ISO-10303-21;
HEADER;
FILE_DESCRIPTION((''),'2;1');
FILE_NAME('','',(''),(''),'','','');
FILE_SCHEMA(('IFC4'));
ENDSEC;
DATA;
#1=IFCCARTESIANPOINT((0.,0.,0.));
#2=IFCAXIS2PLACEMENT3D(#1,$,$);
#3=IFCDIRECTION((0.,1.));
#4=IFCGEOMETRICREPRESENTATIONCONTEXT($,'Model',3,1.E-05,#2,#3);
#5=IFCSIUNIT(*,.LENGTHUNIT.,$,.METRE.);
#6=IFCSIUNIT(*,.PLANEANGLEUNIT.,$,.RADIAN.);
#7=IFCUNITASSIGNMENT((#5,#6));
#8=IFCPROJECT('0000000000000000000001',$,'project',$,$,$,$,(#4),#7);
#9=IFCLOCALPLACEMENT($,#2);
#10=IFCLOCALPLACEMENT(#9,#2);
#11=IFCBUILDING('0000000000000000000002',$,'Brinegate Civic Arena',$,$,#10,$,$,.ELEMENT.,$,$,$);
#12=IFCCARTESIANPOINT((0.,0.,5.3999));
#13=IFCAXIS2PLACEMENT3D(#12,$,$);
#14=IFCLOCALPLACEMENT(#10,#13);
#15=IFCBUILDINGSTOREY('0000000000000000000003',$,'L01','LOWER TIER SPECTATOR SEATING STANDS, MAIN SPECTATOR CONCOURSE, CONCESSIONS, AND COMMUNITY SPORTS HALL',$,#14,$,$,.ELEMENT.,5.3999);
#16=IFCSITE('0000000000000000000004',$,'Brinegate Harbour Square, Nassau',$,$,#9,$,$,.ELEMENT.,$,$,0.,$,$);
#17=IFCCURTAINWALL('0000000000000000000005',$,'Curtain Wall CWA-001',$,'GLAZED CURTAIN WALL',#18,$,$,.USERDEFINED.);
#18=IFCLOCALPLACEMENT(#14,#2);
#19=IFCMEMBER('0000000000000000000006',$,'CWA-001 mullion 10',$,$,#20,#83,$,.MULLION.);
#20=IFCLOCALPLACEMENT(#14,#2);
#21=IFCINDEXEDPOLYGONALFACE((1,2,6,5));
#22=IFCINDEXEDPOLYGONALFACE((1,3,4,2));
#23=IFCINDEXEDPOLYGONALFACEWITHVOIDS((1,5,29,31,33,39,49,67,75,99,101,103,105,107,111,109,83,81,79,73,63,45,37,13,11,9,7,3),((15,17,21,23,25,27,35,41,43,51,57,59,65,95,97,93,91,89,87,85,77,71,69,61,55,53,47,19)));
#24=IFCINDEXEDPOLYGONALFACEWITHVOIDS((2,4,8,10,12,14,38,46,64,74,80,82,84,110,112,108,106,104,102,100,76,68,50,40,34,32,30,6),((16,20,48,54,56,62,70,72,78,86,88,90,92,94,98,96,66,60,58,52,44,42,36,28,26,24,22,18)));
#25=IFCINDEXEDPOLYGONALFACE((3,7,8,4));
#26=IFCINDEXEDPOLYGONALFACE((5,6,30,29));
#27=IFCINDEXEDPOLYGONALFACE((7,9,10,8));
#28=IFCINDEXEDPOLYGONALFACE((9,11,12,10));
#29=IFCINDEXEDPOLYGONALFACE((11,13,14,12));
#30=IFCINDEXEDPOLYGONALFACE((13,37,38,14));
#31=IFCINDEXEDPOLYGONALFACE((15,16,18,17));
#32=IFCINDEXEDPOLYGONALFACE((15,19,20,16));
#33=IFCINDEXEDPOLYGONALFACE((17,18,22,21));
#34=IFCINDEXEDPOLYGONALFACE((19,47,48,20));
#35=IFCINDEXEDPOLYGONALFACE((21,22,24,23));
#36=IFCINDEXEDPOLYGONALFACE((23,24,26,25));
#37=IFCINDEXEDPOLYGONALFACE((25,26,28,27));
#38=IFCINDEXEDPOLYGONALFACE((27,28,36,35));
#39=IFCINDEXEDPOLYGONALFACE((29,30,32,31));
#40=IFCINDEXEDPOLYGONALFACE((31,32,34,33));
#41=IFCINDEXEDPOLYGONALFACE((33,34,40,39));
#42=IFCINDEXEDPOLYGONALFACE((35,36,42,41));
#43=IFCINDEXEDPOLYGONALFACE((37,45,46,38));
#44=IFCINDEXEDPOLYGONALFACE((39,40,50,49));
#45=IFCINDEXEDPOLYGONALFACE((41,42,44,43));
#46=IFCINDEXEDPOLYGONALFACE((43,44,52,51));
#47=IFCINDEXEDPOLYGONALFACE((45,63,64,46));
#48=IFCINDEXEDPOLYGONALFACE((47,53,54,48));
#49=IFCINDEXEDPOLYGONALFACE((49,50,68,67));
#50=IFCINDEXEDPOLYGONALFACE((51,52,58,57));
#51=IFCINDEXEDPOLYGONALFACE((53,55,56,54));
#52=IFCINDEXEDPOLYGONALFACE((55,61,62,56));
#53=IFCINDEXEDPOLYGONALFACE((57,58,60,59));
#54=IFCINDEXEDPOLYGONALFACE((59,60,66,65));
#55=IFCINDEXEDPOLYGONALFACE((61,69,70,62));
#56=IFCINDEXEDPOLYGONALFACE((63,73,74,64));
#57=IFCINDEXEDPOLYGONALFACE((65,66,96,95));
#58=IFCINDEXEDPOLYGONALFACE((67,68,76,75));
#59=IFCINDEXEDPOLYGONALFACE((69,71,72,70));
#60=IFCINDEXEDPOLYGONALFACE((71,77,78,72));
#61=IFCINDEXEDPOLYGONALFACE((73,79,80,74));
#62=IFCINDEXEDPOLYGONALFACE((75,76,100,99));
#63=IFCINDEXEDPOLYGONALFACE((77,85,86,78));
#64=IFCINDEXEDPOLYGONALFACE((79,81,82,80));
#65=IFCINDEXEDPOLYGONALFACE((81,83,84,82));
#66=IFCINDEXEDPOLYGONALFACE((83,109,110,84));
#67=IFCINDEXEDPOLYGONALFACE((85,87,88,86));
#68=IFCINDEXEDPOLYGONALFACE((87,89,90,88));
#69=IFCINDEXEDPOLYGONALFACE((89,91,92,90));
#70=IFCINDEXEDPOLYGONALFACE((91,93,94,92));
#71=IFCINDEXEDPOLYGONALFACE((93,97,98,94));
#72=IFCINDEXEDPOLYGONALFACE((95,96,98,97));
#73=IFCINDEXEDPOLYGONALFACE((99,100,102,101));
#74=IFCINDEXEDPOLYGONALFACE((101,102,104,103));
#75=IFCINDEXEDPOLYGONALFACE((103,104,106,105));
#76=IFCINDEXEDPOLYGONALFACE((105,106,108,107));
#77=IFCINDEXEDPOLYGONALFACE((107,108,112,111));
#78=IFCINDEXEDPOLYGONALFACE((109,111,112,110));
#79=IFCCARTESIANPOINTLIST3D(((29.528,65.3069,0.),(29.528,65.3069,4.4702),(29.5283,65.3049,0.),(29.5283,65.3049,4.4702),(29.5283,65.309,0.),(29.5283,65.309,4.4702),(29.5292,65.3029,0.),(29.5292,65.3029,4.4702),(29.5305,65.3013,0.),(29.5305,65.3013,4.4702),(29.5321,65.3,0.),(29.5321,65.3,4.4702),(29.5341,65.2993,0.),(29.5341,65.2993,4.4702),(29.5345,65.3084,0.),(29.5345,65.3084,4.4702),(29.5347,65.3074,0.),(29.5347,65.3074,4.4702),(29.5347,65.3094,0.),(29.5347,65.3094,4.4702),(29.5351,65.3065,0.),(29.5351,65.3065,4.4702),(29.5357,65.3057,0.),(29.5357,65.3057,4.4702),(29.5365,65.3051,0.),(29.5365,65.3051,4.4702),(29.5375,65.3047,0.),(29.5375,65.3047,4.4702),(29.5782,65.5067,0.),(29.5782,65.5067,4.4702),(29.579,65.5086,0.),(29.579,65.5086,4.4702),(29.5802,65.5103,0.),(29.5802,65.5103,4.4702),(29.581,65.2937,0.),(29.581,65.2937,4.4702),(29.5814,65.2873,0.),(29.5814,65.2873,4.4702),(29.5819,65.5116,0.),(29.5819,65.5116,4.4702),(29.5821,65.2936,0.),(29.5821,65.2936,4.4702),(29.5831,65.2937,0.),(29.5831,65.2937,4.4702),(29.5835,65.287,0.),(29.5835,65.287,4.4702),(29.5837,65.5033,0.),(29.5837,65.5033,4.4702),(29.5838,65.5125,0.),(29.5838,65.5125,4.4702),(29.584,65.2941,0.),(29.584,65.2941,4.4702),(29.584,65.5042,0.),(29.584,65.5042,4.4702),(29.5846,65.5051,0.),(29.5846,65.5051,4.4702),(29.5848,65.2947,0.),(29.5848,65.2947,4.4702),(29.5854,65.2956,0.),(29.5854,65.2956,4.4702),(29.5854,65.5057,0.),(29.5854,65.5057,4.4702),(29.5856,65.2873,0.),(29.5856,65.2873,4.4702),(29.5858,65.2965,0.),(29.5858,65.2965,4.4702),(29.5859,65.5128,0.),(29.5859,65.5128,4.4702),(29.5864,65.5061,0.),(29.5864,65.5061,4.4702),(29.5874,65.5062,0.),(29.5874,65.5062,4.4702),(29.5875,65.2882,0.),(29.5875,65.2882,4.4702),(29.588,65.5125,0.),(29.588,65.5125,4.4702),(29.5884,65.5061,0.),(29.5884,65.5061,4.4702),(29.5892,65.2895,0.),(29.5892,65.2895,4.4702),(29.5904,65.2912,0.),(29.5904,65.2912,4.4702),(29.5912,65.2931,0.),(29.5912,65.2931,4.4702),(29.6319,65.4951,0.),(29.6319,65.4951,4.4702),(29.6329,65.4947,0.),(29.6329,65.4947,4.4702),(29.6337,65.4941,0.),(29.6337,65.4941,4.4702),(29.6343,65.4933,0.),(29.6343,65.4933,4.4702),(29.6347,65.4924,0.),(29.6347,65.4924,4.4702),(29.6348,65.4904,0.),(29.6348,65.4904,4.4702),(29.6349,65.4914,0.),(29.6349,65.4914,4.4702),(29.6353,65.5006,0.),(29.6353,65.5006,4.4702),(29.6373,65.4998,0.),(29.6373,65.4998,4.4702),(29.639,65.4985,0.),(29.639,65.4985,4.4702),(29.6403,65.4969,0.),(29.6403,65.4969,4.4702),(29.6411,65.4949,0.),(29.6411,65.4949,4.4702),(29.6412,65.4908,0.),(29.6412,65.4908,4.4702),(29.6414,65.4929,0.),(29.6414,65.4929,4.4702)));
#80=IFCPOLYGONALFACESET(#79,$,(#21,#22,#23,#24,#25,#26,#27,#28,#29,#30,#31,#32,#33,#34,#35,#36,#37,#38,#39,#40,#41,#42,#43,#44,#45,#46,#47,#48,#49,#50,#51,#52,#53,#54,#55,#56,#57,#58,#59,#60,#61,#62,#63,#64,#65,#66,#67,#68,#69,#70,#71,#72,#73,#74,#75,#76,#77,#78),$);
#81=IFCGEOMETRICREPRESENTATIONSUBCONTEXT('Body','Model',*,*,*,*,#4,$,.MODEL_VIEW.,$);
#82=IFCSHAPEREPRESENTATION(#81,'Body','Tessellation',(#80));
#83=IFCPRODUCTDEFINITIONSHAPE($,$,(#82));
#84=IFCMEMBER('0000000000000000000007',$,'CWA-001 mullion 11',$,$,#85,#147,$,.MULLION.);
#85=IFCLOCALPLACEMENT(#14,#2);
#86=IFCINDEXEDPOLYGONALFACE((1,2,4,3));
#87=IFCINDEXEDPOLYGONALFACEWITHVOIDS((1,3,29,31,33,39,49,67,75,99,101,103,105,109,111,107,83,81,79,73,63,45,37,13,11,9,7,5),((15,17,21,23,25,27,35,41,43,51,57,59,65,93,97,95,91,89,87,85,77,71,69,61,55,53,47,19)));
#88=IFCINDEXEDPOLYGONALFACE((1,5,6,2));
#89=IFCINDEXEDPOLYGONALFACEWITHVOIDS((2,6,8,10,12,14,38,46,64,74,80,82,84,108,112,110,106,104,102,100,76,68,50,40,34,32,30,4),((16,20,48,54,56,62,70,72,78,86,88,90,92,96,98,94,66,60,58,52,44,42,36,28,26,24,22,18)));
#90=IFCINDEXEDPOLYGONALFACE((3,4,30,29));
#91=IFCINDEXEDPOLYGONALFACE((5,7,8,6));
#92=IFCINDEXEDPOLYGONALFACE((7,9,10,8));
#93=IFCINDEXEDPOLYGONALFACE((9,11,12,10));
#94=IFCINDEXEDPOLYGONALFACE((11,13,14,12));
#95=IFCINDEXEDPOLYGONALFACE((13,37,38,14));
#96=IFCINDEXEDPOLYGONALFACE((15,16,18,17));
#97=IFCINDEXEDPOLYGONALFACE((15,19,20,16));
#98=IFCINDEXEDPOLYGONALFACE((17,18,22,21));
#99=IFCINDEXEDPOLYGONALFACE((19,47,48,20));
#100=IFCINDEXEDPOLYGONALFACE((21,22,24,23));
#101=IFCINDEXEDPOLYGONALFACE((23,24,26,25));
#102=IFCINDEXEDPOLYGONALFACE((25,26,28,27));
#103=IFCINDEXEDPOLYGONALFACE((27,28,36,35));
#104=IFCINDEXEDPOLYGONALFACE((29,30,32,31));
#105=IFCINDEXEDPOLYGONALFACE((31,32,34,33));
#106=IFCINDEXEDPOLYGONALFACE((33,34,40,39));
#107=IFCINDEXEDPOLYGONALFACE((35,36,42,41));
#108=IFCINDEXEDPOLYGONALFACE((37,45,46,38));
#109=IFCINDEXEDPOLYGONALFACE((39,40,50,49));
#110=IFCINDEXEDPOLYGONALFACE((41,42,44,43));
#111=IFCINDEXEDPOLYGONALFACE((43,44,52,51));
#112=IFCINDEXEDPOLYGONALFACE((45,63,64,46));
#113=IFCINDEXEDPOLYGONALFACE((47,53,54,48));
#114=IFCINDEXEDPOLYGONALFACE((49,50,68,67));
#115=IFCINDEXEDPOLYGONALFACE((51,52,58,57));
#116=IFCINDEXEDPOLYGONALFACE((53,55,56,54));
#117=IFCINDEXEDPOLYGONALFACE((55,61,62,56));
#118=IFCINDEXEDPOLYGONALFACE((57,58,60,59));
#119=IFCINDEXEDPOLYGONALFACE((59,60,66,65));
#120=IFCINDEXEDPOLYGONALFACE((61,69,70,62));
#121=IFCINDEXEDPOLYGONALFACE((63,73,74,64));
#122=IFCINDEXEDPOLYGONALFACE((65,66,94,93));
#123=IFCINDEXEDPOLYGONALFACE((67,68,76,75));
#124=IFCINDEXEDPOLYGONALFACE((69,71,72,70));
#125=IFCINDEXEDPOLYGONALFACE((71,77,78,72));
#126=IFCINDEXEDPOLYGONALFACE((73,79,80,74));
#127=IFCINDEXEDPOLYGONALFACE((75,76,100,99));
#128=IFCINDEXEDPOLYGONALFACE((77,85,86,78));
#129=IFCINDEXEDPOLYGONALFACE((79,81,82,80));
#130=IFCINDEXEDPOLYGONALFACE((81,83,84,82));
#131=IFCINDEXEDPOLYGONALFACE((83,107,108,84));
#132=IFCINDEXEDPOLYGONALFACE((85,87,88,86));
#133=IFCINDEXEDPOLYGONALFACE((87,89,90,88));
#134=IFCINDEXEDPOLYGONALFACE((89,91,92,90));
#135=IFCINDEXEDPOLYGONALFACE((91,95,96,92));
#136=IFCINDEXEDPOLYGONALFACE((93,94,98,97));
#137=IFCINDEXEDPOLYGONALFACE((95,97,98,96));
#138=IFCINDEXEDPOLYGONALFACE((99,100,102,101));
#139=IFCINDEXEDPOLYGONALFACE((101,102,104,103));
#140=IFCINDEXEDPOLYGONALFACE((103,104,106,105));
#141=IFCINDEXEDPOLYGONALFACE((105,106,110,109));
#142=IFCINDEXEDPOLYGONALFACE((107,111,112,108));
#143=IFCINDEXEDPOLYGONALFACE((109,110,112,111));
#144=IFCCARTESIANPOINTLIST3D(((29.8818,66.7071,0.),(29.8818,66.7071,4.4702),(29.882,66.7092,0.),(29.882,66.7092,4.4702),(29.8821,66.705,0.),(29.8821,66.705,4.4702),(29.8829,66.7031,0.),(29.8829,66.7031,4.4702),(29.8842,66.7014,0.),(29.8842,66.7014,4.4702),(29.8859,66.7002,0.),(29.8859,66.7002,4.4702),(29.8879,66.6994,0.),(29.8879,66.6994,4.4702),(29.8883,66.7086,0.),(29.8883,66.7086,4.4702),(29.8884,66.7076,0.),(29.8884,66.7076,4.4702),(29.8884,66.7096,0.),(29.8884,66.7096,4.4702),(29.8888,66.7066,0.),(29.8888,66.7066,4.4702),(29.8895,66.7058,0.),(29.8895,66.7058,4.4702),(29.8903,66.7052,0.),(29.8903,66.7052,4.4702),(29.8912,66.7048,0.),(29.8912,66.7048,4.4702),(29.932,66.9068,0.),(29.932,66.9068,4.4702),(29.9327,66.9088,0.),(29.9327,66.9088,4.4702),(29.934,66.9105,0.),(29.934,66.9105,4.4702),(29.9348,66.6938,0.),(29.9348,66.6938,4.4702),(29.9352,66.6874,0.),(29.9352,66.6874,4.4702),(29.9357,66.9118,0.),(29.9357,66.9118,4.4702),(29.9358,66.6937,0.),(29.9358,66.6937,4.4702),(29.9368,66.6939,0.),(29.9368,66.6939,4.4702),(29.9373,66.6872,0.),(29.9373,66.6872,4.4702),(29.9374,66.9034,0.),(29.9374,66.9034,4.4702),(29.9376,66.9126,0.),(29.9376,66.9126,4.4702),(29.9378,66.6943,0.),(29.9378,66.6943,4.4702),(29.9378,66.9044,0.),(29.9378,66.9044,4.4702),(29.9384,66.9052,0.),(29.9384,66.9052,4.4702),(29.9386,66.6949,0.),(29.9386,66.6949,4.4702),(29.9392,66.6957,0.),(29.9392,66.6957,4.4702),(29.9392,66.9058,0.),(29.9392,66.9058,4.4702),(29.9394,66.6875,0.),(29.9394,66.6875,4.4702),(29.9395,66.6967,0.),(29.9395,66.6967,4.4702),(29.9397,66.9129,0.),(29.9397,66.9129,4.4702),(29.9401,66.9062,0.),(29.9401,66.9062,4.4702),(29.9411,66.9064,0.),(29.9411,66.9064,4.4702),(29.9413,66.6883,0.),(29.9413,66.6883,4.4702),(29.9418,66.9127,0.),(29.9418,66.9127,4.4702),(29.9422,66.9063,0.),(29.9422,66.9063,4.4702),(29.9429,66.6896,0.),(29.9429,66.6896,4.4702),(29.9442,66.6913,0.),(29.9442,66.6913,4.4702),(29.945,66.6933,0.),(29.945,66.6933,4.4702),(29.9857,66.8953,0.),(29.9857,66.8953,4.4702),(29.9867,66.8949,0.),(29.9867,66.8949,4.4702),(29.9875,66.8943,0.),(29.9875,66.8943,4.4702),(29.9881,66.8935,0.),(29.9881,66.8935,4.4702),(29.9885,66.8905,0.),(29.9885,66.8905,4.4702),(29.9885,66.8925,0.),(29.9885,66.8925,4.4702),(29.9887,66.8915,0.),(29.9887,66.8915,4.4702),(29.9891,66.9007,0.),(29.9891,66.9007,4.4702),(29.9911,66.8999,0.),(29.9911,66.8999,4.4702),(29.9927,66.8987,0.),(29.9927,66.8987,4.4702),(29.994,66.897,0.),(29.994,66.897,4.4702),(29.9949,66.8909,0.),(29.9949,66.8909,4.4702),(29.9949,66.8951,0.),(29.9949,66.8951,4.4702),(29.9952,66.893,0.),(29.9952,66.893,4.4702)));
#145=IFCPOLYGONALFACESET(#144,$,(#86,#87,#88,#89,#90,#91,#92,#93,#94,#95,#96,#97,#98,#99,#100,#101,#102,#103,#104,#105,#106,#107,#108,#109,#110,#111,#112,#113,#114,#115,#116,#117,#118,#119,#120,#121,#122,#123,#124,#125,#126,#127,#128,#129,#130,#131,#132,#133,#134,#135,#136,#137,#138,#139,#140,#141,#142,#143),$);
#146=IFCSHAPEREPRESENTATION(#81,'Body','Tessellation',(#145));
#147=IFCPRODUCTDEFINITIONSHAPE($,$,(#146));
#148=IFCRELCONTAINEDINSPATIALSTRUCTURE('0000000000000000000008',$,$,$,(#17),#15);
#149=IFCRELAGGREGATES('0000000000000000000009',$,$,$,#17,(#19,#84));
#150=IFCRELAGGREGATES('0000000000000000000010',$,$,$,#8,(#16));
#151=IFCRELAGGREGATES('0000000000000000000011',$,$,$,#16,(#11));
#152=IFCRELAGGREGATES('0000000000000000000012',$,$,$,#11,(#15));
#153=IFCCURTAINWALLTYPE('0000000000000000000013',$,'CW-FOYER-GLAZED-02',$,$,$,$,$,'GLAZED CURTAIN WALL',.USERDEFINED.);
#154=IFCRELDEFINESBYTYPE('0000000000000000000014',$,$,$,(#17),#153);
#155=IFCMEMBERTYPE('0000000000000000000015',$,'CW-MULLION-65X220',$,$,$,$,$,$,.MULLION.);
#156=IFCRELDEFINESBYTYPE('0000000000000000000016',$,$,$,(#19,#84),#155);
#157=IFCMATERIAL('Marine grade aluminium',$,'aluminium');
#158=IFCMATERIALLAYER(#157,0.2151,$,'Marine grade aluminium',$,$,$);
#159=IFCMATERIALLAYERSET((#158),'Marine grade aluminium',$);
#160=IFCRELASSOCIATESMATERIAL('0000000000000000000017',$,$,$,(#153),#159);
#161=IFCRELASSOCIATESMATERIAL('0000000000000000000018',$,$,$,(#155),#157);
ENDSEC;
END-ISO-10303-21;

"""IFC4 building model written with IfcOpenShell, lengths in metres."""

from ifc_helpers import new_model, si_unit, direction, frame, origin, origin_2d, place, context, subcontext, project, spatial, hollow_rectangle, extrude, material, layer, layer_set, material_profile, profile_set, type_object, element, aggregate, save


model = new_model("IFC4")

# Units and contexts
model_context = context("Model", 3, precision=1e-05, world=origin(), true_north=direction((0.0, 1.0)))
body_context = subcontext(model_context, "Body", "Model", "MODEL_VIEW")
ifc_project = project(units=[si_unit("LENGTHUNIT", "METRE"), si_unit("PLANEANGLEUNIT", "RADIAN")], contexts=[model_context])

# Site, building, storey
site_placement = place(None, origin())
site = spatial("IfcSite", under=ifc_project, at=site_placement, Name="Brinegate Harbour Square, Nassau", CompositionType="ELEMENT", RefElevation=0.0)
building_placement = place(site_placement, origin())
building = spatial("IfcBuilding", under=site, at=building_placement, Name="Brinegate Civic Arena", CompositionType="ELEMENT")
storey_placement = place(building_placement, frame((0.0, 0.0, 5.3999)))
storey = spatial("IfcBuildingStorey", under=building, at=storey_placement, Name="L01", Description="LOWER TIER SPECTATOR SEATING STANDS, MAIN SPECTATOR CONCOURSE, CONCESSIONS, AND COMMUNITY SPORTS HALL", CompositionType="ELEMENT", Elevation=5.3999)

# Curtain wall, members
ifc_material_1 = material(Name="Marine grade aluminium", Category="aluminium")
ifc_layer_1 = layer(ifc_material_1, 0.2151, Name="Marine grade aluminium")
ifc_layer_set_1 = layer_set([ifc_layer_1], Name="Marine grade aluminium")
curtain_wall_type = type_object("IfcCurtainWallType", Name="CW-FOYER-GLAZED-02", ElementType="GLAZED CURTAIN WALL", PredefinedType="USERDEFINED", material=ifc_layer_set_1)
curtain_wall_placement = place(storey_placement, origin())
curtain_wall = element("IfcCurtainWall", 1, at=curtain_wall_placement, inside=storey, type_object=curtain_wall_type, Name="Curtain Wall CWA-001", ObjectType="GLAZED CURTAIN WALL", PredefinedType="USERDEFINED")
ifc_material_profile_1 = material_profile(ifc_material_1, hollow_rectangle(XDim=0.0649, YDim=0.22, WallThickness=0.0061, InnerFilletRadius=0.0039, OuterFilletRadius=0.0081, at=origin_2d()), Name="MUL65X220")
ifc_profile_set_1 = profile_set([ifc_material_profile_1], Name="Marine grade aluminium")
member_type_1 = type_object("IfcMemberType", Name="CW-MULLION-65X220", PredefinedType="MULLION", material=ifc_profile_set_1)
member_1_placement = place(storey_placement, frame((29.5847, 65.3999, 0.0), z_axis=(0.0, 0.0, 1.0), x_axis=(-0.969513, 0.245042, 0.0)))
member_1 = element("IfcMember", 2, at=member_1_placement, type_object=member_type_1, Name="CWA-001 mullion 10", PredefinedType="MULLION", context=body_context, shape_type="SweptSolid", body=[
    extrude(hollow_rectangle(XDim=0.0649, YDim=0.22, WallThickness=0.0061, InnerFilletRadius=0.0039, OuterFilletRadius=0.0081, at=origin_2d()), origin(), (0.0, 0.0, 1.0), 4.4702),
])
member_2_placement = place(storey_placement, frame((29.9385, 66.8, 0.0), z_axis=(0.0, 0.0, 1.0), x_axis=(-0.969513, 0.245042, 0.0)))
member_2 = element("IfcMember", 3, at=member_2_placement, type_object=member_type_1, Name="CWA-001 mullion 11", PredefinedType="MULLION", context=body_context, shape_type="SweptSolid", body=[
    extrude(hollow_rectangle(XDim=0.0649, YDim=0.22, WallThickness=0.0061, InnerFilletRadius=0.0039, OuterFilletRadius=0.0081, at=origin_2d()), origin(), (0.0, 0.0, 1.0), 4.4702),
])
aggregate(curtain_wall, [member_1, member_2])

save(model, "model.ifc")
